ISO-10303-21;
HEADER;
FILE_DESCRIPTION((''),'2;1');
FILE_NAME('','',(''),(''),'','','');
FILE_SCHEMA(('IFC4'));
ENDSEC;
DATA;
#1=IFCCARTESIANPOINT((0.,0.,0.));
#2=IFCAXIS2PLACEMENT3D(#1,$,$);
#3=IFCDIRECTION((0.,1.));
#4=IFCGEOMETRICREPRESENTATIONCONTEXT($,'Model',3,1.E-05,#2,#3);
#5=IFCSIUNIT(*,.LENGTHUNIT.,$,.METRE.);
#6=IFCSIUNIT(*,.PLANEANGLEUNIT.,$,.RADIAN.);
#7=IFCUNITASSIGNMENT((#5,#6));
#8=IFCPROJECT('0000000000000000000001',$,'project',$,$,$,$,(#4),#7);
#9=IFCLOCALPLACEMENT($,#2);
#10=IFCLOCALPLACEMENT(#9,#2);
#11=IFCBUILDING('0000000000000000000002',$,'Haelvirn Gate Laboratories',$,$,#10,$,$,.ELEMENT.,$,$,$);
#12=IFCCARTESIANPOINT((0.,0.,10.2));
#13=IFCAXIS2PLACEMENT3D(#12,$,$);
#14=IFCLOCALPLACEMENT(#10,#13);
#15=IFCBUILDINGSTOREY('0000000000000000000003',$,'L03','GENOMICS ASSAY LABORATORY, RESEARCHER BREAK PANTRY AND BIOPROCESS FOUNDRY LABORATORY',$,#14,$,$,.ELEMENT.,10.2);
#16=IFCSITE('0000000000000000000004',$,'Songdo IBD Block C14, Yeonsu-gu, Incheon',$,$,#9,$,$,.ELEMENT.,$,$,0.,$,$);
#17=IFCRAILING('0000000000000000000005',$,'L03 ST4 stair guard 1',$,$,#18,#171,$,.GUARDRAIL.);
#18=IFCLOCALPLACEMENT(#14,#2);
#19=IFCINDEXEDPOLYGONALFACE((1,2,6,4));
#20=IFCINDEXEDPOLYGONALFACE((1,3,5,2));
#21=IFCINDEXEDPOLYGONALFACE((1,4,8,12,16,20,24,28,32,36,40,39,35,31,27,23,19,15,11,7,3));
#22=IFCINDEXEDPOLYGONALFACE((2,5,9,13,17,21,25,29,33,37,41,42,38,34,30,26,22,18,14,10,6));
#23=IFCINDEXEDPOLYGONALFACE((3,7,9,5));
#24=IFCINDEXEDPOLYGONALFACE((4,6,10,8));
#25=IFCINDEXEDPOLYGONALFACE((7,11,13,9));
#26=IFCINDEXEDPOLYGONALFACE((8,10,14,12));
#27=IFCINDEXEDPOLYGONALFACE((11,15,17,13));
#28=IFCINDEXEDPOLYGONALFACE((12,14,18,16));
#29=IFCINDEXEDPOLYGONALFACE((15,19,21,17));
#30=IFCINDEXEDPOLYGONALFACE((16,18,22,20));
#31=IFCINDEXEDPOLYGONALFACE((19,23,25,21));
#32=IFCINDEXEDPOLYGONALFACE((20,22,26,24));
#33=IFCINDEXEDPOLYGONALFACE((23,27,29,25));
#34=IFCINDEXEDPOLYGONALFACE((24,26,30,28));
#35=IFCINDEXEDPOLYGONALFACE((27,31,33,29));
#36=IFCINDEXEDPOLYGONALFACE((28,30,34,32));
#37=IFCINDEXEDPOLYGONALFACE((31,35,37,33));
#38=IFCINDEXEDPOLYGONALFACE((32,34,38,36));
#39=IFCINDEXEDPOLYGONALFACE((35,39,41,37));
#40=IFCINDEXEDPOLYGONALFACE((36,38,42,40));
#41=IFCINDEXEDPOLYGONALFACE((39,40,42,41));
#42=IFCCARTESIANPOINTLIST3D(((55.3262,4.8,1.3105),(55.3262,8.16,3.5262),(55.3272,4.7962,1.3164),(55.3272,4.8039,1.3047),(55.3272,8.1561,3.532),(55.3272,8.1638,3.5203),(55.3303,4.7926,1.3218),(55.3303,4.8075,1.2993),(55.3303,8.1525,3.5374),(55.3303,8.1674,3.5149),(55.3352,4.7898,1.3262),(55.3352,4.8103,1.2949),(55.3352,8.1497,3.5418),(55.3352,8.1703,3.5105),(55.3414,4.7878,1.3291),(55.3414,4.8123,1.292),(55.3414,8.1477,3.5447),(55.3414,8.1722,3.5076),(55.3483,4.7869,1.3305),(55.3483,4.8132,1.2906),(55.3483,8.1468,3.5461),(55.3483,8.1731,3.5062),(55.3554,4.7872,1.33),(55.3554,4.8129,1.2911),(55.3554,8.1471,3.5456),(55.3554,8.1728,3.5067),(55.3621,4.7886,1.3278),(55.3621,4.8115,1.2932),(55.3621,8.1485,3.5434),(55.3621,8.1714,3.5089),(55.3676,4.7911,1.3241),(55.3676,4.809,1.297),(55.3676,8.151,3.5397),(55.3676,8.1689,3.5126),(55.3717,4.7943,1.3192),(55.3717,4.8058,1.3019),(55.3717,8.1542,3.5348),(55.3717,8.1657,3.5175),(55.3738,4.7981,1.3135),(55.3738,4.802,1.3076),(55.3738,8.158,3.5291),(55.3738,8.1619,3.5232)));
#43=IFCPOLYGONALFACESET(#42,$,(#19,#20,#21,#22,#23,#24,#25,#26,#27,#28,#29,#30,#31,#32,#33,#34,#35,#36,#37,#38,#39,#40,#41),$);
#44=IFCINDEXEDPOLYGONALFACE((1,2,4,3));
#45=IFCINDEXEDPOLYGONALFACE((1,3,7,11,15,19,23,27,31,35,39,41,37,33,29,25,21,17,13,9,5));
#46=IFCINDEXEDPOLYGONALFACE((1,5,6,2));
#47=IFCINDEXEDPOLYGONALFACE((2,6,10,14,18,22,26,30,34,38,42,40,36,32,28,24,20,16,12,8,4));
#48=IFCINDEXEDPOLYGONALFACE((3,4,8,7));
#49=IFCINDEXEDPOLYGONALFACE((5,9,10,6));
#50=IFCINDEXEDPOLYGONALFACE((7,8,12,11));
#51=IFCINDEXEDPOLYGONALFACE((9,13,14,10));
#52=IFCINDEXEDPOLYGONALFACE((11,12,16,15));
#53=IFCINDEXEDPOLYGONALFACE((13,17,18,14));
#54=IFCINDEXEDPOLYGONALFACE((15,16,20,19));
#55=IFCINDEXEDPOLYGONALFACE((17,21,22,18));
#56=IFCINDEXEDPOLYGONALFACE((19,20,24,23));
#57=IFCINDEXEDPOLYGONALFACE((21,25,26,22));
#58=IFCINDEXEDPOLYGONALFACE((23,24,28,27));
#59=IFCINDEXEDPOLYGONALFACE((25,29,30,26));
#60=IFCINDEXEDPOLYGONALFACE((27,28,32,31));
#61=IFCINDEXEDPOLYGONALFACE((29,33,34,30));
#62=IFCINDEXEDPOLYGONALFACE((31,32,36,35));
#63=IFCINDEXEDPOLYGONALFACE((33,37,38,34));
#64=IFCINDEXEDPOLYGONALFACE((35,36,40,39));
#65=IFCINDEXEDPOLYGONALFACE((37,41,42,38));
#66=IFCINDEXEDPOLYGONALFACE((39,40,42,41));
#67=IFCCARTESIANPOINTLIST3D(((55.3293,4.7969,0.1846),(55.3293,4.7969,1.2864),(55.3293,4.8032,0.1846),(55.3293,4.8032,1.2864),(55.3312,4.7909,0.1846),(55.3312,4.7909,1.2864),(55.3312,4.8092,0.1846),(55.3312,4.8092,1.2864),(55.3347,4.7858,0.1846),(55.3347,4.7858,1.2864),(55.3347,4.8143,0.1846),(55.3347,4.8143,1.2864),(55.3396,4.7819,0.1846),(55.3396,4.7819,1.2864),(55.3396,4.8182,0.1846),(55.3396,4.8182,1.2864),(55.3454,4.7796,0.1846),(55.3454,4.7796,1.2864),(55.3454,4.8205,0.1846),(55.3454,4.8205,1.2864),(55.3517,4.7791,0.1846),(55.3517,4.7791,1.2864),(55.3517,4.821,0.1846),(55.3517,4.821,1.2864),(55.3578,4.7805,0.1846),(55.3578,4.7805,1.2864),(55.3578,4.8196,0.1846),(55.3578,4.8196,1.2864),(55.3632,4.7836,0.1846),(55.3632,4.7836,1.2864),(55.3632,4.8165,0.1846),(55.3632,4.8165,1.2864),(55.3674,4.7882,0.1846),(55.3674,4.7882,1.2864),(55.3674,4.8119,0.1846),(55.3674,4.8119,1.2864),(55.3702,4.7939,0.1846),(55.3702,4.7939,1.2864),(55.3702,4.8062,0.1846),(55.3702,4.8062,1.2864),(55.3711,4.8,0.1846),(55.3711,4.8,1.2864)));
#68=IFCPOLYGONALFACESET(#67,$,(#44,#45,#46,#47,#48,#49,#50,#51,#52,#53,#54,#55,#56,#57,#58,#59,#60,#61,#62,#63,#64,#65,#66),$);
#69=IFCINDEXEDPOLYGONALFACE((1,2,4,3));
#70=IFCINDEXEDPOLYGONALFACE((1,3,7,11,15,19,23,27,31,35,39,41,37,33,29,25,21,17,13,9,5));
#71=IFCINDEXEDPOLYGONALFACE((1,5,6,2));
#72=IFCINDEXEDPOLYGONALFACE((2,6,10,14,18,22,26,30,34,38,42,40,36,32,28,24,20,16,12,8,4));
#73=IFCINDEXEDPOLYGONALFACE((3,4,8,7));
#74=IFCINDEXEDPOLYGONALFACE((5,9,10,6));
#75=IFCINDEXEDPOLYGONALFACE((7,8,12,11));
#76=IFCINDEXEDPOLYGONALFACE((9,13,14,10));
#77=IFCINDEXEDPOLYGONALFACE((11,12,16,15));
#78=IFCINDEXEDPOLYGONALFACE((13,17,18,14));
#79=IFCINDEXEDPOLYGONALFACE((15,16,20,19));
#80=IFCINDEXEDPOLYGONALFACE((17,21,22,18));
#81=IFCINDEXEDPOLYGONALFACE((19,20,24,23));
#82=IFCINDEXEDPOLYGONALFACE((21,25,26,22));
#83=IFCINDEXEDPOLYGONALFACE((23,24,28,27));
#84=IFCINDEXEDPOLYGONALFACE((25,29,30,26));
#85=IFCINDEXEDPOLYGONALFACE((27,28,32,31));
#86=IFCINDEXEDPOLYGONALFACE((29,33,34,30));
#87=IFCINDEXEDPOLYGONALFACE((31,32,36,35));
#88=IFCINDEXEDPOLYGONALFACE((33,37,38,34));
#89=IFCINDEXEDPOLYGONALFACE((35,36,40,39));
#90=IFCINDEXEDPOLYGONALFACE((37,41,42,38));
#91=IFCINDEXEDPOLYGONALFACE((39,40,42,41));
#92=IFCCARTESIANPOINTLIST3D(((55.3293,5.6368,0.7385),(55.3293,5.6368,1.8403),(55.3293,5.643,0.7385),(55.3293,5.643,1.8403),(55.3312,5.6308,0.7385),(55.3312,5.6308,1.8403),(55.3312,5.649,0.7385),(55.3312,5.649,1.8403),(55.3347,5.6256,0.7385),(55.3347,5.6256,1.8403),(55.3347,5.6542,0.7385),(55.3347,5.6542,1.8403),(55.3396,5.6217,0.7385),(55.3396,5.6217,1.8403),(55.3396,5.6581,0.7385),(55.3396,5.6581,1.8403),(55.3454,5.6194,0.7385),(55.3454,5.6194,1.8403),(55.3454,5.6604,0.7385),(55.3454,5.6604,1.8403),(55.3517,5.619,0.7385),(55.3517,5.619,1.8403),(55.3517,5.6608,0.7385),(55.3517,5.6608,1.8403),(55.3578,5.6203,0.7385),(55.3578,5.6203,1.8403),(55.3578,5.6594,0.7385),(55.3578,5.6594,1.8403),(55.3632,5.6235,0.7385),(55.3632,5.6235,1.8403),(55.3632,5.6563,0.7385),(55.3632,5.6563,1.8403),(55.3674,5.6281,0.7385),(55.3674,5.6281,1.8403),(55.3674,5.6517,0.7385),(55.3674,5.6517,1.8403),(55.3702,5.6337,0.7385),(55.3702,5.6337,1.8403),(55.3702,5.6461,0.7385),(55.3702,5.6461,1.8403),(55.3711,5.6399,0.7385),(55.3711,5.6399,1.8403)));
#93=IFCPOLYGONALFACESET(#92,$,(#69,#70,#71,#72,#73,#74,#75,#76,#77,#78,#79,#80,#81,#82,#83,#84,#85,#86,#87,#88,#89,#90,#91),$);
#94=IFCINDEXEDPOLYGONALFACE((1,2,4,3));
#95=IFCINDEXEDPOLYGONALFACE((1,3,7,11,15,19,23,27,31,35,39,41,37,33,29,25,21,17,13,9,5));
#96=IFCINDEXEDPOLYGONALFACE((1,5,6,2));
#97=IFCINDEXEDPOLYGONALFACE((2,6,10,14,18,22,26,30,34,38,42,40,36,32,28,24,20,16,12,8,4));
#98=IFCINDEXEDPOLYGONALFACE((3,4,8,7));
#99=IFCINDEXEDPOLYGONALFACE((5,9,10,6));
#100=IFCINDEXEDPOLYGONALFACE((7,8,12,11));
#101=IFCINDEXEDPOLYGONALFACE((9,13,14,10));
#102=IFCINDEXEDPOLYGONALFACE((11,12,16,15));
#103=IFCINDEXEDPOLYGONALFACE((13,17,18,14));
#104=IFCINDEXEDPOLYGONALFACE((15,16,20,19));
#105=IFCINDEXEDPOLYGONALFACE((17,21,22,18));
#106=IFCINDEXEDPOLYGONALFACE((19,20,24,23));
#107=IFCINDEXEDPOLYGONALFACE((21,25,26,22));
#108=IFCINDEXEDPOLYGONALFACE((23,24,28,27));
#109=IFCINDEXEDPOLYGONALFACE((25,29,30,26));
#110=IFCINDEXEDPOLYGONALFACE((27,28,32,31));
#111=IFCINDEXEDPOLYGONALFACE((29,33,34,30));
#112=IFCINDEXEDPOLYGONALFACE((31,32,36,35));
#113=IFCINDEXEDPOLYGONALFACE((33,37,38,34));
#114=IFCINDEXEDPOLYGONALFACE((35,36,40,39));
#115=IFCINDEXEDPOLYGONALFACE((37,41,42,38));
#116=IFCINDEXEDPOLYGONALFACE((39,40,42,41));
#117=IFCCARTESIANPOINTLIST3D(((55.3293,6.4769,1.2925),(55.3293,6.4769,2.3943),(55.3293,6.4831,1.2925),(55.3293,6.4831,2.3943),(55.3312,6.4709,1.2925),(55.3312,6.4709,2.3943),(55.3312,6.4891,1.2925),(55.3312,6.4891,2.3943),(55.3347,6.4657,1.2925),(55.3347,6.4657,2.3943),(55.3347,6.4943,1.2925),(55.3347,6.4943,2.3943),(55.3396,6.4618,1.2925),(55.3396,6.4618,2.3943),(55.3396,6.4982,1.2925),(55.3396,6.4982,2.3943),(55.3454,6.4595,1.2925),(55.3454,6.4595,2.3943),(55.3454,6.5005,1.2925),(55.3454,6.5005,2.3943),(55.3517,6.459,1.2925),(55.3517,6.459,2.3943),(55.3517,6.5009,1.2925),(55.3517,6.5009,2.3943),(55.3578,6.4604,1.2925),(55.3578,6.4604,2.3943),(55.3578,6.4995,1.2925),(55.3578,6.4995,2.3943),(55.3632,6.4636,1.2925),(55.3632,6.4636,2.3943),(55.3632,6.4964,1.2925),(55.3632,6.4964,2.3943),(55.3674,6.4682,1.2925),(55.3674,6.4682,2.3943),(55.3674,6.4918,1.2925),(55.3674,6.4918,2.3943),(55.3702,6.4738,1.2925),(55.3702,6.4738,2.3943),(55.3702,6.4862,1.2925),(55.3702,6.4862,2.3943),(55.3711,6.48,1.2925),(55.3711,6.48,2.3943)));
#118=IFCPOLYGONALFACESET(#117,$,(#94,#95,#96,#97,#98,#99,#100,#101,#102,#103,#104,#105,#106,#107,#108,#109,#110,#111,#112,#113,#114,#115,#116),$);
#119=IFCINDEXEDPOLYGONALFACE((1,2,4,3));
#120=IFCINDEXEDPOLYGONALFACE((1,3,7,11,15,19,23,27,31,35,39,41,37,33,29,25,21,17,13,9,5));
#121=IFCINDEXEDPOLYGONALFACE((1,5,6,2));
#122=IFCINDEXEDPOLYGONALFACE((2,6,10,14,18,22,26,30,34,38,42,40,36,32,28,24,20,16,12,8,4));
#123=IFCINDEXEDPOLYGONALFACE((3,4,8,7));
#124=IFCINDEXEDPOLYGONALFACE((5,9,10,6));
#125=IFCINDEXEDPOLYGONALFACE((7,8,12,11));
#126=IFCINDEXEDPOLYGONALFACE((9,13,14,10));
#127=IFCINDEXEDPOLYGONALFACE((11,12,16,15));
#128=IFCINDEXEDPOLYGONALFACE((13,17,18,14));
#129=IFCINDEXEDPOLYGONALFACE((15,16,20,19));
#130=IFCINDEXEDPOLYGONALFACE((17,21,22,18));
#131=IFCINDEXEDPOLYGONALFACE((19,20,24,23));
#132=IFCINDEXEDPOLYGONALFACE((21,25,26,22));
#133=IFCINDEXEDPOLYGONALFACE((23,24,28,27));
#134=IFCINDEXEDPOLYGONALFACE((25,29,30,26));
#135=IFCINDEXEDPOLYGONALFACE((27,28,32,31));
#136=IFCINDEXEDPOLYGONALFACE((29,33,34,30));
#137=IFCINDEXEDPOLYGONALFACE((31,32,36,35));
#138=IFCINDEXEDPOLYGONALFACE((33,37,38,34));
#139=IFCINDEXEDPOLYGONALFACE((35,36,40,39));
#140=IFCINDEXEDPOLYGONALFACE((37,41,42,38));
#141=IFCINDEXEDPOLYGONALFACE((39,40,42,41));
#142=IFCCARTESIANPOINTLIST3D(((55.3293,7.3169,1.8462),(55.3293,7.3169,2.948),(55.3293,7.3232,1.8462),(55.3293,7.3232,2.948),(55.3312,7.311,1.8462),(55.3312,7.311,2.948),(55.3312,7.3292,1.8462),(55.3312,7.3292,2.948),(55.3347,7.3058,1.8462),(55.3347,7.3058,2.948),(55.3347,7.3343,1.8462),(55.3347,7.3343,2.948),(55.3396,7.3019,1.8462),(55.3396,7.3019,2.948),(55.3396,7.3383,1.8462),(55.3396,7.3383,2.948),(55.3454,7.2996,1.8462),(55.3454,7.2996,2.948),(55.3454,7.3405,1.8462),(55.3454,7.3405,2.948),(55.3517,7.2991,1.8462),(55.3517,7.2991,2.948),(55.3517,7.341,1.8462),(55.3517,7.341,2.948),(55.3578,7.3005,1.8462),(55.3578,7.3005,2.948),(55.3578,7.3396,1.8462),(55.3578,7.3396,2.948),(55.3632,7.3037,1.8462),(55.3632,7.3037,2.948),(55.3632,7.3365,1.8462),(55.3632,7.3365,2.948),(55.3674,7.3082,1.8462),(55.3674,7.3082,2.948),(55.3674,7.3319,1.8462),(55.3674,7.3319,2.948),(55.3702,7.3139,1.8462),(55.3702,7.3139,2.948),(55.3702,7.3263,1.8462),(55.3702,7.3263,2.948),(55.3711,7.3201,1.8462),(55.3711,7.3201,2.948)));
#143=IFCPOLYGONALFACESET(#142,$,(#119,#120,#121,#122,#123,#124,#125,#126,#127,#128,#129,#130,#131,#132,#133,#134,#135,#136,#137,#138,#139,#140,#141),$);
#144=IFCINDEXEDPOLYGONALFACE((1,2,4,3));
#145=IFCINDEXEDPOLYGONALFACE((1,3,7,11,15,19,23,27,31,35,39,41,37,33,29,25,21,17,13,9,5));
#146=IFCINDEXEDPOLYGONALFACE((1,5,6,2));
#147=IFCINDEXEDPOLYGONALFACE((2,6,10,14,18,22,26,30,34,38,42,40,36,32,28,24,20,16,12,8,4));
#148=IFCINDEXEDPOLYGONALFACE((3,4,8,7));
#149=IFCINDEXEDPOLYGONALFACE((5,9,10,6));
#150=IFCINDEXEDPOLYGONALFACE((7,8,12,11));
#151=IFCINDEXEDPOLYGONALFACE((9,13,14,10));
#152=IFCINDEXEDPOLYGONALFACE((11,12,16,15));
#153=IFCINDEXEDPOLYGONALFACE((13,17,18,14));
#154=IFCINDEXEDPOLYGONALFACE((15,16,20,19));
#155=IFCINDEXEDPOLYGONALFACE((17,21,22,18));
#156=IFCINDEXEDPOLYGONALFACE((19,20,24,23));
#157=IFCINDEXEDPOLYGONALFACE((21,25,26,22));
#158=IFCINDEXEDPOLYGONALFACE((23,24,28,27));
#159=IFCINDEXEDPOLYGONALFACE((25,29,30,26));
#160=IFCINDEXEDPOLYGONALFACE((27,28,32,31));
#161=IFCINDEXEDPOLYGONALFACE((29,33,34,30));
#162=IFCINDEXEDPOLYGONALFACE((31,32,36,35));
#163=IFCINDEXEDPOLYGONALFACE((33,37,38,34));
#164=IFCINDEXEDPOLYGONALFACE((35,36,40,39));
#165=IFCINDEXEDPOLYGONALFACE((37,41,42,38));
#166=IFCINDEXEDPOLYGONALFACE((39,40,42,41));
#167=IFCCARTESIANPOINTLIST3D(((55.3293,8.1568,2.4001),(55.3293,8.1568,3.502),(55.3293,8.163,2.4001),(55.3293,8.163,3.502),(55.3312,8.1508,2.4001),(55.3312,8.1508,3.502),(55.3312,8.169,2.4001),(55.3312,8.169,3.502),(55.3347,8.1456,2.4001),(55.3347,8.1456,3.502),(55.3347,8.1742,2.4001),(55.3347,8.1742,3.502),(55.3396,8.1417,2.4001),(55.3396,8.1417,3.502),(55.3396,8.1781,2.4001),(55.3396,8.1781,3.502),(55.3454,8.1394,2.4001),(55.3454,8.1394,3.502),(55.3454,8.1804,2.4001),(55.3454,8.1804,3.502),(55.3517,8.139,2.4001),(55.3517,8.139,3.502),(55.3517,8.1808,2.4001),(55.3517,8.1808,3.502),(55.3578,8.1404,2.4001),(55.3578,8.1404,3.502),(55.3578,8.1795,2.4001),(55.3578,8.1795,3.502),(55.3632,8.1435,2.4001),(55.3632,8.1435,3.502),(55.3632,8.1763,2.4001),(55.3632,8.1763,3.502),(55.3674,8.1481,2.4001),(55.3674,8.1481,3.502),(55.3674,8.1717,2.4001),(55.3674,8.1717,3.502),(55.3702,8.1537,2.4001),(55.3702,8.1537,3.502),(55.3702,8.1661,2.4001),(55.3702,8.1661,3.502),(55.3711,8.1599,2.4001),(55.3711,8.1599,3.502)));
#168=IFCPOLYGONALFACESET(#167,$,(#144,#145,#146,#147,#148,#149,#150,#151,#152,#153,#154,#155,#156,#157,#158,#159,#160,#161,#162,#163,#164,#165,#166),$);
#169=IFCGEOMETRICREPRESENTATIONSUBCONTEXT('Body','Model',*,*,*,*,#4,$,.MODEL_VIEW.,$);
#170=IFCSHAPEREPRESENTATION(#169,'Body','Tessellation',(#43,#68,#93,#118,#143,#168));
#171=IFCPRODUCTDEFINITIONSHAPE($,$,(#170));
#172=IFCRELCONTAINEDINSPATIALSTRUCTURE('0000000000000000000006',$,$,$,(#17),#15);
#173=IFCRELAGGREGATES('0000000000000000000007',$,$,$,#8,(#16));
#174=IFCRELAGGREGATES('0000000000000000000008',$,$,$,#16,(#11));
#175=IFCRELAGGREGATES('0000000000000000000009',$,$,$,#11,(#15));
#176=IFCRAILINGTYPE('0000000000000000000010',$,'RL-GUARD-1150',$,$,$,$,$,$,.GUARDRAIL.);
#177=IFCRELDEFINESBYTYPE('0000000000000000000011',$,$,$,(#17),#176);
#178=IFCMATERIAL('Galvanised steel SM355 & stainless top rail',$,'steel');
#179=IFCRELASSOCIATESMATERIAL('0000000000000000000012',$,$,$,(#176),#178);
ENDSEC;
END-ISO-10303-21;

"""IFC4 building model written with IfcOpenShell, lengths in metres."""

from ifc_helpers import new_model, si_unit, direction, frame, origin, origin_2d, place, context, subcontext, project, spatial, circle, extrude, source, transform, mapped, material, type_object, element, save


model = new_model("IFC4")

# Units and contexts
model_context = context("Model", 3, precision=1e-05, world=origin(), true_north=direction((0.0, 1.0)))
body_context = subcontext(model_context, "Body", "Model", "MODEL_VIEW")
ifc_project = project(units=[si_unit("LENGTHUNIT", "METRE"), si_unit("PLANEANGLEUNIT", "RADIAN")], contexts=[model_context])

# Site, building, storey
site_placement = place(None, origin())
site = spatial("IfcSite", under=ifc_project, at=site_placement, Name="Songdo IBD Block C14, Yeonsu-gu, Incheon", CompositionType="ELEMENT", RefElevation=0.0)
building_placement = place(site_placement, origin())
building = spatial("IfcBuilding", under=site, at=building_placement, Name="Haelvirn Gate Laboratories", CompositionType="ELEMENT")
storey_placement = place(building_placement, frame((0.0, 0.0, 10.2)))
storey = spatial("IfcBuildingStorey", under=building, at=storey_placement, Name="L03", Description="GENOMICS ASSAY LABORATORY, RESEARCHER BREAK PANTRY AND BIOPROCESS FOUNDRY LABORATORY", CompositionType="ELEMENT", Elevation=10.2)

# Railing
ifc_material_1 = material(Name="Galvanised steel SM355 & stainless top rail", Category="steel")
railing_type_1 = type_object("IfcRailingType", Name="RL-GUARD-1150", PredefinedType="GUARDRAIL", material=ifc_material_1)
shared_shape_1 = source(origin(), body_context, "Body", "SweptSolid", [
    extrude(circle(Radius=0.0239, at=origin_2d()), frame((0.0, 0.0, 1.126), z_axis=(0.0, 0.83483, 0.550508), x_axis=(-1.0, 0.0, 0.0)), (0.0, 0.0, 1.0), 4.0247),
    extrude(circle(Radius=0.021, at=origin_2d()), origin(), (0.0, 0.0, 1.0), 1.1018),
    extrude(circle(Radius=0.021, at=origin_2d()), frame((0.0, 0.8398, 0.554)), (0.0, 0.0, 1.0), 1.1018),
    extrude(circle(Radius=0.021, at=origin_2d()), frame((0.0, 1.6799, 1.1079)), (0.0, 0.0, 1.0), 1.1018),
    extrude(circle(Radius=0.021, at=origin_2d()), frame((0.0, 2.52, 1.6616)), (0.0, 0.0, 1.0), 1.1018),
    extrude(circle(Radius=0.021, at=origin_2d()), frame((0.0, 3.3599, 2.2156)), (0.0, 0.0, 1.0), 1.1018),
])
railing_1_placement = place(storey_placement, frame((55.3501, 4.8, 0.1846)))
element("IfcRailing", 1, at=railing_1_placement, inside=storey, type_object=railing_type_1, Name="L03 ST4 stair guard 1", PredefinedType="GUARDRAIL", context=body_context, shape_type="MappedRepresentation", body=[
    mapped(shared_shape_1, transform((0.0, 0.0, 0.0), scale=1.0)),
])

save(model, "model.ifc")
